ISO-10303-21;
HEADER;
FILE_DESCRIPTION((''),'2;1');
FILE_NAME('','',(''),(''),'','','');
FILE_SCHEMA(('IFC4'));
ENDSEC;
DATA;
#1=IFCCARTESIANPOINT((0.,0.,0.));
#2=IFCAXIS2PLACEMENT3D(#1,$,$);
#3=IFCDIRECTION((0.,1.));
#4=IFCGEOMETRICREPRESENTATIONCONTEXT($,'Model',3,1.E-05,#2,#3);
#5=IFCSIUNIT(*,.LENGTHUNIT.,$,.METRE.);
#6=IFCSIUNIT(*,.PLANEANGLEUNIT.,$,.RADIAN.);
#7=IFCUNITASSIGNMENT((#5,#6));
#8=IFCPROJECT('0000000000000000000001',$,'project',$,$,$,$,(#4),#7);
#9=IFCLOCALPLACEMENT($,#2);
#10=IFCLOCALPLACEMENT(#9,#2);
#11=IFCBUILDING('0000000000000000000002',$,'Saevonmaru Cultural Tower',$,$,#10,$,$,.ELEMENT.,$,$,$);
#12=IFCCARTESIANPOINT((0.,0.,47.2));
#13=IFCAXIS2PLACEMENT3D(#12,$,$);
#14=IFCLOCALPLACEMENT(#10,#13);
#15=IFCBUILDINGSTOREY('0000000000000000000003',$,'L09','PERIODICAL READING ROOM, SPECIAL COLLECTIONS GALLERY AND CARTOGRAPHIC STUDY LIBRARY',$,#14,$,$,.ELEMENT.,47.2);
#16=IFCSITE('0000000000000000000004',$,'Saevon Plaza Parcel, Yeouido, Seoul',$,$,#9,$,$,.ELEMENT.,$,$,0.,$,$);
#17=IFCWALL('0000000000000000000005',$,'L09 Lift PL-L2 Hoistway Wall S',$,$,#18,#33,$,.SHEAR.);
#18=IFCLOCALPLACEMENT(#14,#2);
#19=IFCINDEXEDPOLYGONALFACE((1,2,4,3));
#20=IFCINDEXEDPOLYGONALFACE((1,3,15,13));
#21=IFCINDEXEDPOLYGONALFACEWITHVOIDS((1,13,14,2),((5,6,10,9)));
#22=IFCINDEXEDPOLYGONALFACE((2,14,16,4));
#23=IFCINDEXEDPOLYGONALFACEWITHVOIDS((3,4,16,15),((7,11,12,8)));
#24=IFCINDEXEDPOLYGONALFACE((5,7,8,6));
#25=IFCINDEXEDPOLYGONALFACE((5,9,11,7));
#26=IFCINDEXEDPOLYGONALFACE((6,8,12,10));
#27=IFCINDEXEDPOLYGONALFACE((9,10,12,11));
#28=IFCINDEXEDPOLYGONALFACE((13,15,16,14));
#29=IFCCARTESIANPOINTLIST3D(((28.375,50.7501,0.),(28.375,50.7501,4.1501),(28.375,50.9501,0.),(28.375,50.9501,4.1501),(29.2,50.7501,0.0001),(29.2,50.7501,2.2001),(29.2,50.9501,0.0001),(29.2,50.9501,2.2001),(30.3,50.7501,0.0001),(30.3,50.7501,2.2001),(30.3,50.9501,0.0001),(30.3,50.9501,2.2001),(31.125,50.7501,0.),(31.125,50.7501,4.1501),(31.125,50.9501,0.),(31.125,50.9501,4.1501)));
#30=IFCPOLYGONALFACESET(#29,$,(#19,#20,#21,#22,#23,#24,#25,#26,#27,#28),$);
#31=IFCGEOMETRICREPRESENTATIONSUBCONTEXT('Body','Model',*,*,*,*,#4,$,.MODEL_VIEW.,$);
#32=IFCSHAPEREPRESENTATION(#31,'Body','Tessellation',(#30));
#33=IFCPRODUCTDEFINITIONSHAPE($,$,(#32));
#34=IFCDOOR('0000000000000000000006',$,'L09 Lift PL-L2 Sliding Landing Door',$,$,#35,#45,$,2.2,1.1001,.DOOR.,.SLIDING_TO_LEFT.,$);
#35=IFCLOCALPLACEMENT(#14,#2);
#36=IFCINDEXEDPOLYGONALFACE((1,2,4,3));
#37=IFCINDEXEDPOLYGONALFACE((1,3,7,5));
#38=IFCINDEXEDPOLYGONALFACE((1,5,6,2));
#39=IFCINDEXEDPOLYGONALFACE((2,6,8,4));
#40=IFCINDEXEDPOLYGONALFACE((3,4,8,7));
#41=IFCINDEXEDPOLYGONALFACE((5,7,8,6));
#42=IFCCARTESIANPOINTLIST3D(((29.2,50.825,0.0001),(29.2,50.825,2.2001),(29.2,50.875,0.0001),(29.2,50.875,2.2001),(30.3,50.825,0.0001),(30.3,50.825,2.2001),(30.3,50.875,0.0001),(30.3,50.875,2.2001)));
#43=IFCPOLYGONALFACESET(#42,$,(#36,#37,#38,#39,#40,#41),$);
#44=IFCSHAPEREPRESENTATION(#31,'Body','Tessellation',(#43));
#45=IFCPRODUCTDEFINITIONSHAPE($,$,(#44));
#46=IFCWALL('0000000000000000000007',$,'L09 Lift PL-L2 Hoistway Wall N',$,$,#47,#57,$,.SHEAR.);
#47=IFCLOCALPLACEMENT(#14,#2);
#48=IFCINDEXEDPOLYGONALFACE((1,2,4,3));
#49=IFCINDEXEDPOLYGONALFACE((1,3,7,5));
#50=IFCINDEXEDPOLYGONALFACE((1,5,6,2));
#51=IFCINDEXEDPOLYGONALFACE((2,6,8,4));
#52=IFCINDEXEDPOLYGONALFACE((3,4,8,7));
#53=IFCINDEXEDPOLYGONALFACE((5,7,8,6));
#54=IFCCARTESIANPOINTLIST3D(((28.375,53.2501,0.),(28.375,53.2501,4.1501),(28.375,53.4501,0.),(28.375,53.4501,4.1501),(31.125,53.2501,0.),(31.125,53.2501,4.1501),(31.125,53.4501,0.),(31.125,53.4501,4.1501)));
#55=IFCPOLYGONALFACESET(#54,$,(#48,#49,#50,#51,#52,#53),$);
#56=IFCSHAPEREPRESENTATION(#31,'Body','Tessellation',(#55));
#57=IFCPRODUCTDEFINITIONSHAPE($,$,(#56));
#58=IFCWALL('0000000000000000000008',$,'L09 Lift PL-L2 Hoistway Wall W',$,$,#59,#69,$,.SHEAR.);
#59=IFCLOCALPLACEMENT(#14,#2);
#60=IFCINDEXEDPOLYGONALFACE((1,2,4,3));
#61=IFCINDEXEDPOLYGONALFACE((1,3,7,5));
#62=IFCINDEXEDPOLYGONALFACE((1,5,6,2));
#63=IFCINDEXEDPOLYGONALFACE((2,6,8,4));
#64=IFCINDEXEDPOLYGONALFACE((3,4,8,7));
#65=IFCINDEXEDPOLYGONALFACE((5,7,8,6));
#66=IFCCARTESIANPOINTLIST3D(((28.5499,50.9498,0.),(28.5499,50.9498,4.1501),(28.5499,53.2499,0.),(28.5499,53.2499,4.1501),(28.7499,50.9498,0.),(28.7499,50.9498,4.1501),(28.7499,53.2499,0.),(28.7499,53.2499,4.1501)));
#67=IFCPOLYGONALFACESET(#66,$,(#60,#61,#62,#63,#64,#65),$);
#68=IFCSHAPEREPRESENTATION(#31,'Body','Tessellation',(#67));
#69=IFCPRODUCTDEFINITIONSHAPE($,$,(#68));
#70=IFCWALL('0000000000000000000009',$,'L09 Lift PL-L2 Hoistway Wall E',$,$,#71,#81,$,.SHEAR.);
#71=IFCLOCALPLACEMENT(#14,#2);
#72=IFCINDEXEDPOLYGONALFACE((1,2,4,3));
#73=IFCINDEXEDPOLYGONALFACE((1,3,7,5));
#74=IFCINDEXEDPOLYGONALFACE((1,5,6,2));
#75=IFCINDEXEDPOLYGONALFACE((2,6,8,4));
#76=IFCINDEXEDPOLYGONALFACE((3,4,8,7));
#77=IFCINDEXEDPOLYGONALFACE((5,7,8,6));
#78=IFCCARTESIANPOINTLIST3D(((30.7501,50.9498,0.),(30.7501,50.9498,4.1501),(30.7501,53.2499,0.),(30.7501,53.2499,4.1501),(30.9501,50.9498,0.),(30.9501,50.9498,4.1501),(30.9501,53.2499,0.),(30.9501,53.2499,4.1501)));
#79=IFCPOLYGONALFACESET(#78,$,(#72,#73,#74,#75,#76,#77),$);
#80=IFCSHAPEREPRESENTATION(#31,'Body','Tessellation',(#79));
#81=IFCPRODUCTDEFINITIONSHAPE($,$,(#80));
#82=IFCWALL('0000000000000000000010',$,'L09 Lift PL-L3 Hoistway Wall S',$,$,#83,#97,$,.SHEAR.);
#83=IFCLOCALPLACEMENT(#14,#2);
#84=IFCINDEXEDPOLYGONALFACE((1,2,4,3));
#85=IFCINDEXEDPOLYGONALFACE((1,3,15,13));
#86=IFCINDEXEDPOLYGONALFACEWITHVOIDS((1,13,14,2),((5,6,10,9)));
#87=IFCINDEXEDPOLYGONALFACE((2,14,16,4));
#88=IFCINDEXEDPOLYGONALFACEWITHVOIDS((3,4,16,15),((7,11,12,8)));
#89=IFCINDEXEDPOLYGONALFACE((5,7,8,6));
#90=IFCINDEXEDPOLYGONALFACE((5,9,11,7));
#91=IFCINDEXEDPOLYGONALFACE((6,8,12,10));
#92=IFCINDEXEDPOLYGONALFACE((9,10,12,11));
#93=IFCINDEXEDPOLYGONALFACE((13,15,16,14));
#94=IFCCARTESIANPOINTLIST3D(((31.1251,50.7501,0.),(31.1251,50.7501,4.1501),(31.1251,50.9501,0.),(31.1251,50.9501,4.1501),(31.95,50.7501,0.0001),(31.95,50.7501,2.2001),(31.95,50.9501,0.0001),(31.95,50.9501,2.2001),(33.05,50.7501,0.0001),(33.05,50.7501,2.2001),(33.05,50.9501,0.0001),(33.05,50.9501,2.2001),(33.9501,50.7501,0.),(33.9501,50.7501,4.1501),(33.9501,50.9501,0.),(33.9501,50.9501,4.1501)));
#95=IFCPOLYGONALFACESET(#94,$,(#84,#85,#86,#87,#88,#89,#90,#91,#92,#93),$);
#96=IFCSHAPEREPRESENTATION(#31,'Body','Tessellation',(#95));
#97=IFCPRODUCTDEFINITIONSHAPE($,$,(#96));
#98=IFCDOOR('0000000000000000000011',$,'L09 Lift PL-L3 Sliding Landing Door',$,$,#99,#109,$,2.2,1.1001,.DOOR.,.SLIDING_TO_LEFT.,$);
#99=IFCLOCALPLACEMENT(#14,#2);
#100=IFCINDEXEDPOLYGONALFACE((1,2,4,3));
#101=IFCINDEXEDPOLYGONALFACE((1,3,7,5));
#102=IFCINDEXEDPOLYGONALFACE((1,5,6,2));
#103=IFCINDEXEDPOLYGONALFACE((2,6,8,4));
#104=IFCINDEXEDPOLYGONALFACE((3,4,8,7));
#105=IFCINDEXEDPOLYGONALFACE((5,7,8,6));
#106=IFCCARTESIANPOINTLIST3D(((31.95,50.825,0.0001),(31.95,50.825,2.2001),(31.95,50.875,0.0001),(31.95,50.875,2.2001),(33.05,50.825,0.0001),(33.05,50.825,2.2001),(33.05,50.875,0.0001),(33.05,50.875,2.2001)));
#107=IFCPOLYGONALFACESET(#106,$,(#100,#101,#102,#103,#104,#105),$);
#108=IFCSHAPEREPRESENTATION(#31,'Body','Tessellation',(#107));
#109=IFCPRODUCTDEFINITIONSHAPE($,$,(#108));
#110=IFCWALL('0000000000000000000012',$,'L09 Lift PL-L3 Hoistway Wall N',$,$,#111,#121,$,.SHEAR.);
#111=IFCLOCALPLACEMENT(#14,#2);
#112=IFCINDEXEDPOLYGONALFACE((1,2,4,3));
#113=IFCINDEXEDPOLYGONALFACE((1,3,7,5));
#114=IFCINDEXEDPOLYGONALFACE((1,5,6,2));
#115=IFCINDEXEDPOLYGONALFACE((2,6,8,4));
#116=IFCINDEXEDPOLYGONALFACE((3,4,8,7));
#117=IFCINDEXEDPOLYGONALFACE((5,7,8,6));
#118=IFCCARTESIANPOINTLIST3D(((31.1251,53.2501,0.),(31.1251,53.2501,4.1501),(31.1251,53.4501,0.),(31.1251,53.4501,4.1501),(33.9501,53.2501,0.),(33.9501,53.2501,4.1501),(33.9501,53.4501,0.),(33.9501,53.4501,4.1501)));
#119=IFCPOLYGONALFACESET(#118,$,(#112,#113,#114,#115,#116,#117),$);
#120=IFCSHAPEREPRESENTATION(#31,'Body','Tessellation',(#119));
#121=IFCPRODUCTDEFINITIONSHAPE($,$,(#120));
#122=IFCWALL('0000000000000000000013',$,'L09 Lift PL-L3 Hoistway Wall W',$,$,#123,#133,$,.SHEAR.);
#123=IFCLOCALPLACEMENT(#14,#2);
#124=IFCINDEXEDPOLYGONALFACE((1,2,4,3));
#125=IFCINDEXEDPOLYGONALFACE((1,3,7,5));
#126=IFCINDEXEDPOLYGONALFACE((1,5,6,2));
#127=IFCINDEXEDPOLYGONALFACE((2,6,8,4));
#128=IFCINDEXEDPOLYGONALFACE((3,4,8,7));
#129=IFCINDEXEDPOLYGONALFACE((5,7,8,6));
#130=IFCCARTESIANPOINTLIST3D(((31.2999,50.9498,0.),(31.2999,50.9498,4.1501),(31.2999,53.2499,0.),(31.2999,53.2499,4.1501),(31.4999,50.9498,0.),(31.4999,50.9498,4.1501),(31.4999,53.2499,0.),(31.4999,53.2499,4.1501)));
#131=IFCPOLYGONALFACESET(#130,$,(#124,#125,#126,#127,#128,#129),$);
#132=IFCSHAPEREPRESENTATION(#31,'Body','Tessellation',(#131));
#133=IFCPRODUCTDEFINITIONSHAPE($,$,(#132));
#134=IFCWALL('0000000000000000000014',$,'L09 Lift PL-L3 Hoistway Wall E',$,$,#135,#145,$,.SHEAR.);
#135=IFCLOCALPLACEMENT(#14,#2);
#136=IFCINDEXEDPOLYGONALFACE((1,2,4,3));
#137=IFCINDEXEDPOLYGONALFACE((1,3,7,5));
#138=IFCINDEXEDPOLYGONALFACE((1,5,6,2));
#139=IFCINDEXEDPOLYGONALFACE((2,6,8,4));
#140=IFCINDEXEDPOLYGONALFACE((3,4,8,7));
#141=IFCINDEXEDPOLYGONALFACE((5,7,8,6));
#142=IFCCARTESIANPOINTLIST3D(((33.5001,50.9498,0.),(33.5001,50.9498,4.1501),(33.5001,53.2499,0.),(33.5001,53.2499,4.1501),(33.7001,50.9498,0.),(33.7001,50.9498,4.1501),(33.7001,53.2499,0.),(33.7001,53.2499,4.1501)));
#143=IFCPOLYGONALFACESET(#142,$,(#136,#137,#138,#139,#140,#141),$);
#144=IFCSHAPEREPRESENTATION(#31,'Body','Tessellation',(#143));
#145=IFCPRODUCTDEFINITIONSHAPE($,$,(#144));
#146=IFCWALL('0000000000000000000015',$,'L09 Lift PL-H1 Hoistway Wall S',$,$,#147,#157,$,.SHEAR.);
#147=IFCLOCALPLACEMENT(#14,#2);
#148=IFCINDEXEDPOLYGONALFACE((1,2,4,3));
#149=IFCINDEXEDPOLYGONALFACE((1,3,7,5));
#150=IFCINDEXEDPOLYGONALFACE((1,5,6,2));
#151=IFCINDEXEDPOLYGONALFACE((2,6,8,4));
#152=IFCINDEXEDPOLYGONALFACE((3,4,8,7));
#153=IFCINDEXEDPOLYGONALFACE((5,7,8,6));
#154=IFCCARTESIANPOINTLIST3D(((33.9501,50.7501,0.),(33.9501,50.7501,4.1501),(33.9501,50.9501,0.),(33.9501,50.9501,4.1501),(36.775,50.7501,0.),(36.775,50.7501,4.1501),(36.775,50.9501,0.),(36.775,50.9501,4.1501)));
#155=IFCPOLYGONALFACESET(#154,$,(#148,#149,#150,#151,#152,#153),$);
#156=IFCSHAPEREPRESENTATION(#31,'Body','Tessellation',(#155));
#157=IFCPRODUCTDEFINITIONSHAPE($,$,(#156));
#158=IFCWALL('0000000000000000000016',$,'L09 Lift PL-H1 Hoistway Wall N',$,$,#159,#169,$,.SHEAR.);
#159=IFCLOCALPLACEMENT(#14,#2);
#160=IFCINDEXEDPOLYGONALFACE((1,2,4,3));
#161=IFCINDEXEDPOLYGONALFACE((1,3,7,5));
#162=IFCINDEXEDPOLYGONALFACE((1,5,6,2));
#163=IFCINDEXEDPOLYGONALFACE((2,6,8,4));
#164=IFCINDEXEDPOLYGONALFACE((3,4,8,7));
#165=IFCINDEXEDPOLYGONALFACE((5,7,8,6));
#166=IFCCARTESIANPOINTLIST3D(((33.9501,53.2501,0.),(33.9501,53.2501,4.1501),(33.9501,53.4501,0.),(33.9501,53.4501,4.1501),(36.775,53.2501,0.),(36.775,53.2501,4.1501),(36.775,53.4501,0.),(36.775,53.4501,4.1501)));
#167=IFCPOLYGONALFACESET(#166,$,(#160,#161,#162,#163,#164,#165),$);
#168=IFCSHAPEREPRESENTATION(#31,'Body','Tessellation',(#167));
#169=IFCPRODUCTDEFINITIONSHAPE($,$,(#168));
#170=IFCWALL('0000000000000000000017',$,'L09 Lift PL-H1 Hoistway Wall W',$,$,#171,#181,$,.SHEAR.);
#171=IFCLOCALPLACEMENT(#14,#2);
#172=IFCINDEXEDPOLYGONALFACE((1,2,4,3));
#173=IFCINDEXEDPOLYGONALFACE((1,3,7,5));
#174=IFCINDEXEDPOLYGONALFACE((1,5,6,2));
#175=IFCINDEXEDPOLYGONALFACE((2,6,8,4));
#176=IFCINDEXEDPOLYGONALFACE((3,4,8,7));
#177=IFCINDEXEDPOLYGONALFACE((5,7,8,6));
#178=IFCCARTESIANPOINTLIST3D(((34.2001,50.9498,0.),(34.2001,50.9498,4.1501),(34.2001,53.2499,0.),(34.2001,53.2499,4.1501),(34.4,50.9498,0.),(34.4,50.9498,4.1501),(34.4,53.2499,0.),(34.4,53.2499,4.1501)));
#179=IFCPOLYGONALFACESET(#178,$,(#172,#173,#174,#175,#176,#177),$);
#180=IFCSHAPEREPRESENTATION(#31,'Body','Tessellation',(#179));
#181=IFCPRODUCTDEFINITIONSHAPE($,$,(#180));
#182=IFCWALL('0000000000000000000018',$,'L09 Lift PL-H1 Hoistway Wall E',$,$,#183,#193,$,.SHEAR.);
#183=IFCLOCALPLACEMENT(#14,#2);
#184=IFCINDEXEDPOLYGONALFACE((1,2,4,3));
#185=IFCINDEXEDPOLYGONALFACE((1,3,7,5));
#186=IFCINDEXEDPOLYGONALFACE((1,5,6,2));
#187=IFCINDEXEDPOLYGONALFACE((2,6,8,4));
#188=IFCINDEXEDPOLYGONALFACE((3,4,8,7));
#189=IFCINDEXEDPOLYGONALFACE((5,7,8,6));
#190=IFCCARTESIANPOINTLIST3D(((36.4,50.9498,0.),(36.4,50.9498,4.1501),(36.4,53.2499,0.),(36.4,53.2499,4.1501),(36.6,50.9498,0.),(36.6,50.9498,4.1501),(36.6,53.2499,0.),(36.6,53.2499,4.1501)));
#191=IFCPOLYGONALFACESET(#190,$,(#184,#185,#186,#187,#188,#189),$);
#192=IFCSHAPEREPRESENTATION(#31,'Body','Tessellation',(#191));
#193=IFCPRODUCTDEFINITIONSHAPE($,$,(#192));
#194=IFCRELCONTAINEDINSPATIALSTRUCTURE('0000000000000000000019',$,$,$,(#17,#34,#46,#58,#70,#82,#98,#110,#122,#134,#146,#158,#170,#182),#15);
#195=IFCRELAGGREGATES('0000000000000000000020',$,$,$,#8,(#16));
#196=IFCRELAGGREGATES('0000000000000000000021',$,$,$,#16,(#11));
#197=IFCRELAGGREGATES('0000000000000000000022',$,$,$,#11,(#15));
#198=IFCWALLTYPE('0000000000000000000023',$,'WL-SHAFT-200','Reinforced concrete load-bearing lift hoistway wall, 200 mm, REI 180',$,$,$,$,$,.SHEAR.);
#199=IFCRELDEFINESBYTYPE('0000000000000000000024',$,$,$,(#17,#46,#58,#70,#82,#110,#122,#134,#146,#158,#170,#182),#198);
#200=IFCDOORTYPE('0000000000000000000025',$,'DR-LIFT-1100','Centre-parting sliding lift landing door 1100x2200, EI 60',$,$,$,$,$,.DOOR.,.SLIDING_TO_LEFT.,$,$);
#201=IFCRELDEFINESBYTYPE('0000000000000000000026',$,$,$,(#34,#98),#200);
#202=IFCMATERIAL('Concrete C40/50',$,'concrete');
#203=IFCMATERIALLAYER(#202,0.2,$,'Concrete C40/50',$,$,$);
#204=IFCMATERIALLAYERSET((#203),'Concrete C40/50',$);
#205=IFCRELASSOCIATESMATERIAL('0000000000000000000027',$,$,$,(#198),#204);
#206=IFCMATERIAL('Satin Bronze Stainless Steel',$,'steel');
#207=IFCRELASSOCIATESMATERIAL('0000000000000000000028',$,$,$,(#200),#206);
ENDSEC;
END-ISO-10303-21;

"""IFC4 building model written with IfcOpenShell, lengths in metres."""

from ifc_helpers import new_model, si_unit, direction, frame, frame_2d, origin, place, context, subcontext, project, spatial, rectangle, extrude, material, layer, layer_set, type_object, element, fill, save


model = new_model("IFC4")

# Units and contexts
model_context = context("Model", 3, precision=1e-05, world=origin(), true_north=direction((0.0, 1.0)))
body_context = subcontext(model_context, "Body", "Model", "MODEL_VIEW")
ifc_project = project(units=[si_unit("LENGTHUNIT", "METRE"), si_unit("PLANEANGLEUNIT", "RADIAN")], contexts=[model_context])

# Site, building, storey
site_placement = place(None, origin())
site = spatial("IfcSite", under=ifc_project, at=site_placement, Name="Saevon Plaza Parcel, Yeouido, Seoul", CompositionType="ELEMENT", RefElevation=0.0)
building_placement = place(site_placement, origin())
building = spatial("IfcBuilding", under=site, at=building_placement, Name="Saevonmaru Cultural Tower", CompositionType="ELEMENT")
storey_placement = place(building_placement, frame((0.0, 0.0, 47.2)))
storey = spatial("IfcBuildingStorey", under=building, at=storey_placement, Name="L09", Description="PERIODICAL READING ROOM, SPECIAL COLLECTIONS GALLERY AND CARTOGRAPHIC STUDY LIBRARY", CompositionType="ELEMENT", Elevation=47.2)

# Shared definitions
ifc_material_1 = material(Name="Concrete C40/50", Category="concrete")
ifc_layer_1 = layer(ifc_material_1, 0.2, Name="Concrete C40/50")
ifc_layer_set_1 = layer_set([ifc_layer_1], Name="Concrete C40/50")
wall_type_1 = type_object("IfcWallType", Name="WL-SHAFT-200", Description="Reinforced concrete load-bearing lift hoistway wall, 200 mm, REI 180", PredefinedType="SHEAR", material=ifc_layer_set_1)

# Wall, opening, door
wall_1_placement = place(storey_placement, frame((28.375, 50.8501, 0.0), z_axis=(0.0, 0.0, 1.0), x_axis=(1.0, 0.0, 0.0)))
wall_1 = element("IfcWall", 1, at=wall_1_placement, inside=storey, type_object=wall_type_1, Name="L09 Lift PL-L2 Hoistway Wall S", PredefinedType="SHEAR", context=body_context, shape_type="SweptSolid", body=[
    extrude(rectangle(XDim=2.75, YDim=0.2, at=frame_2d((1.375, 0.0))), origin(), (0.0, 0.0, 1.0), 4.1501),
])
opening_1_placement = place(wall_1_placement, frame((0.825, 0.0, 0.0)))
opening_1 = element("IfcOpeningElement", 2, at=opening_1_placement, cuts=wall_1, PredefinedType="OPENING", context=body_context, shape_type="SweptSolid", body=[
    extrude(rectangle(XDim=1.1001, YDim=2.2, at=frame_2d((0.55, 1.1001))), frame((0.0, 0.1099, 0.0), z_axis=(0.0, -1.0, 0.0), x_axis=(1.0, 0.0, 0.0)), (0.0, 0.0, 1.0), 0.22),
])
ifc_material_2 = material(Name="Satin Bronze Stainless Steel", Category="steel")
door_type_1 = type_object("IfcDoorType", Name="DR-LIFT-1100", Description="Centre-parting sliding lift landing door 1100x2200, EI 60", OperationType="SLIDING_TO_LEFT", PredefinedType="DOOR", material=ifc_material_2)
door_1_placement = place(opening_1_placement, origin())
door_1 = element("IfcDoor", 3, at=door_1_placement, inside=storey, type_object=door_type_1, Name="L09 Lift PL-L2 Sliding Landing Door", OperationType="SLIDING_TO_LEFT", OverallHeight=2.2, OverallWidth=1.1001, PredefinedType="DOOR", context=body_context, shape_type="SweptSolid", body=[
    extrude(rectangle(XDim=1.1001, YDim=2.2, at=frame_2d((0.55, 1.1001))), frame((0.0, 0.0249, 0.0), z_axis=(0.0, -1.0, 0.0), x_axis=(1.0, 0.0, 0.0)), (0.0, 0.0, 1.0), 0.05),
])
fill(opening_1, door_1)

# Walls
wall_2_placement = place(storey_placement, frame((28.375, 53.3501, 0.0), z_axis=(0.0, 0.0, 1.0), x_axis=(1.0, 0.0, 0.0)))
element("IfcWall", 4, at=wall_2_placement, inside=storey, type_object=wall_type_1, Name="L09 Lift PL-L2 Hoistway Wall N", PredefinedType="SHEAR", context=body_context, shape_type="SweptSolid", body=[
    extrude(rectangle(XDim=2.75, YDim=0.2, at=frame_2d((1.375, 0.0))), origin(), (0.0, 0.0, 1.0), 4.1501),
])
for number, where, z_axis, x_axis, name in (
    (5, (28.6499, 50.95, 0.0), (0.0, 0.0, 1.0), (0.0, 1.0, 0.0), "L09 Lift PL-L2 Hoistway Wall W"),
    (6, (30.8501, 50.95, 0.0), (0.0, 0.0, 1.0), (0.0, 1.0, 0.0), "L09 Lift PL-L2 Hoistway Wall E"),
):
    element("IfcWall", number, at=place(storey_placement, frame(where, z_axis=z_axis, x_axis=x_axis)), inside=storey, type_object=wall_type_1, Name=name, PredefinedType="SHEAR", context=body_context, shape_type="SweptSolid", body=[
        extrude(rectangle(XDim=2.3, YDim=0.2, at=frame_2d((1.1499, 0.0))), origin(), (0.0, 0.0, 1.0), 4.1501),
    ])

# Wall, opening, door
wall_3_placement = place(storey_placement, frame((31.125, 50.8501, 0.0), z_axis=(0.0, 0.0, 1.0), x_axis=(1.0, 0.0, 0.0)))
wall_3 = element("IfcWall", 7, at=wall_3_placement, inside=storey, type_object=wall_type_1, Name="L09 Lift PL-L3 Hoistway Wall S", PredefinedType="SHEAR", context=body_context, shape_type="SweptSolid", body=[
    extrude(rectangle(XDim=2.825, YDim=0.2, at=frame_2d((1.4126, 0.0))), origin(), (0.0, 0.0, 1.0), 4.1501),
])
opening_2_placement = place(wall_3_placement, frame((0.825, 0.0, 0.0)))
opening_2 = element("IfcOpeningElement", 8, at=opening_2_placement, cuts=wall_3, PredefinedType="OPENING", context=body_context, shape_type="SweptSolid", body=[
    extrude(rectangle(XDim=1.1001, YDim=2.2, at=frame_2d((0.55, 1.1001))), frame((0.0, 0.1099, 0.0), z_axis=(0.0, -1.0, 0.0), x_axis=(1.0, 0.0, 0.0)), (0.0, 0.0, 1.0), 0.22),
])
door_2_placement = place(opening_2_placement, origin())
door_2 = element("IfcDoor", 9, at=door_2_placement, inside=storey, type_object=door_type_1, Name="L09 Lift PL-L3 Sliding Landing Door", OperationType="SLIDING_TO_LEFT", OverallHeight=2.2, OverallWidth=1.1001, PredefinedType="DOOR", context=body_context, shape_type="SweptSolid", body=[
    extrude(rectangle(XDim=1.1001, YDim=2.2, at=frame_2d((0.55, 1.1001))), frame((0.0, 0.0249, 0.0), z_axis=(0.0, -1.0, 0.0), x_axis=(1.0, 0.0, 0.0)), (0.0, 0.0, 1.0), 0.05),
])
fill(opening_2, door_2)

# Walls
wall_4_placement = place(storey_placement, frame((31.125, 53.3501, 0.0), z_axis=(0.0, 0.0, 1.0), x_axis=(1.0, 0.0, 0.0)))
element("IfcWall", 10, at=wall_4_placement, inside=storey, type_object=wall_type_1, Name="L09 Lift PL-L3 Hoistway Wall N", PredefinedType="SHEAR", context=body_context, shape_type="SweptSolid", body=[
    extrude(rectangle(XDim=2.825, YDim=0.2, at=frame_2d((1.4126, 0.0))), origin(), (0.0, 0.0, 1.0), 4.1501),
])
for number, where, z_axis, x_axis, name in (
    (11, (31.3999, 50.95, 0.0), (0.0, 0.0, 1.0), (0.0, 1.0, 0.0), "L09 Lift PL-L3 Hoistway Wall W"),
    (12, (33.6001, 50.95, 0.0), (0.0, 0.0, 1.0), (0.0, 1.0, 0.0), "L09 Lift PL-L3 Hoistway Wall E"),
):
    element("IfcWall", number, at=place(storey_placement, frame(where, z_axis=z_axis, x_axis=x_axis)), inside=storey, type_object=wall_type_1, Name=name, PredefinedType="SHEAR", context=body_context, shape_type="SweptSolid", body=[
        extrude(rectangle(XDim=2.3, YDim=0.2, at=frame_2d((1.1499, 0.0))), origin(), (0.0, 0.0, 1.0), 4.1501),
    ])
for number, where, z_axis, x_axis, name in (
    (13, (33.95, 50.8501, 0.0), (0.0, 0.0, 1.0), (1.0, 0.0, 0.0), "L09 Lift PL-H1 Hoistway Wall S"),
    (14, (33.95, 53.3501, 0.0), (0.0, 0.0, 1.0), (1.0, 0.0, 0.0), "L09 Lift PL-H1 Hoistway Wall N"),
):
    element("IfcWall", number, at=place(storey_placement, frame(where, z_axis=z_axis, x_axis=x_axis)), inside=storey, type_object=wall_type_1, Name=name, PredefinedType="SHEAR", context=body_context, shape_type="SweptSolid", body=[
        extrude(rectangle(XDim=2.825, YDim=0.2, at=frame_2d((1.4126, 0.0))), origin(), (0.0, 0.0, 1.0), 4.1501),
    ])
for number, where, z_axis, x_axis, name in (
    (15, (34.3, 50.95, 0.0), (0.0, 0.0, 1.0), (0.0, 1.0, 0.0), "L09 Lift PL-H1 Hoistway Wall W"),
    (16, (36.5, 50.95, 0.0), (0.0, 0.0, 1.0), (0.0, 1.0, 0.0), "L09 Lift PL-H1 Hoistway Wall E"),
):
    element("IfcWall", number, at=place(storey_placement, frame(where, z_axis=z_axis, x_axis=x_axis)), inside=storey, type_object=wall_type_1, Name=name, PredefinedType="SHEAR", context=body_context, shape_type="SweptSolid", body=[
        extrude(rectangle(XDim=2.3, YDim=0.2, at=frame_2d((1.1499, 0.0))), origin(), (0.0, 0.0, 1.0), 4.1501),
    ])

save(model, "model.ifc")
